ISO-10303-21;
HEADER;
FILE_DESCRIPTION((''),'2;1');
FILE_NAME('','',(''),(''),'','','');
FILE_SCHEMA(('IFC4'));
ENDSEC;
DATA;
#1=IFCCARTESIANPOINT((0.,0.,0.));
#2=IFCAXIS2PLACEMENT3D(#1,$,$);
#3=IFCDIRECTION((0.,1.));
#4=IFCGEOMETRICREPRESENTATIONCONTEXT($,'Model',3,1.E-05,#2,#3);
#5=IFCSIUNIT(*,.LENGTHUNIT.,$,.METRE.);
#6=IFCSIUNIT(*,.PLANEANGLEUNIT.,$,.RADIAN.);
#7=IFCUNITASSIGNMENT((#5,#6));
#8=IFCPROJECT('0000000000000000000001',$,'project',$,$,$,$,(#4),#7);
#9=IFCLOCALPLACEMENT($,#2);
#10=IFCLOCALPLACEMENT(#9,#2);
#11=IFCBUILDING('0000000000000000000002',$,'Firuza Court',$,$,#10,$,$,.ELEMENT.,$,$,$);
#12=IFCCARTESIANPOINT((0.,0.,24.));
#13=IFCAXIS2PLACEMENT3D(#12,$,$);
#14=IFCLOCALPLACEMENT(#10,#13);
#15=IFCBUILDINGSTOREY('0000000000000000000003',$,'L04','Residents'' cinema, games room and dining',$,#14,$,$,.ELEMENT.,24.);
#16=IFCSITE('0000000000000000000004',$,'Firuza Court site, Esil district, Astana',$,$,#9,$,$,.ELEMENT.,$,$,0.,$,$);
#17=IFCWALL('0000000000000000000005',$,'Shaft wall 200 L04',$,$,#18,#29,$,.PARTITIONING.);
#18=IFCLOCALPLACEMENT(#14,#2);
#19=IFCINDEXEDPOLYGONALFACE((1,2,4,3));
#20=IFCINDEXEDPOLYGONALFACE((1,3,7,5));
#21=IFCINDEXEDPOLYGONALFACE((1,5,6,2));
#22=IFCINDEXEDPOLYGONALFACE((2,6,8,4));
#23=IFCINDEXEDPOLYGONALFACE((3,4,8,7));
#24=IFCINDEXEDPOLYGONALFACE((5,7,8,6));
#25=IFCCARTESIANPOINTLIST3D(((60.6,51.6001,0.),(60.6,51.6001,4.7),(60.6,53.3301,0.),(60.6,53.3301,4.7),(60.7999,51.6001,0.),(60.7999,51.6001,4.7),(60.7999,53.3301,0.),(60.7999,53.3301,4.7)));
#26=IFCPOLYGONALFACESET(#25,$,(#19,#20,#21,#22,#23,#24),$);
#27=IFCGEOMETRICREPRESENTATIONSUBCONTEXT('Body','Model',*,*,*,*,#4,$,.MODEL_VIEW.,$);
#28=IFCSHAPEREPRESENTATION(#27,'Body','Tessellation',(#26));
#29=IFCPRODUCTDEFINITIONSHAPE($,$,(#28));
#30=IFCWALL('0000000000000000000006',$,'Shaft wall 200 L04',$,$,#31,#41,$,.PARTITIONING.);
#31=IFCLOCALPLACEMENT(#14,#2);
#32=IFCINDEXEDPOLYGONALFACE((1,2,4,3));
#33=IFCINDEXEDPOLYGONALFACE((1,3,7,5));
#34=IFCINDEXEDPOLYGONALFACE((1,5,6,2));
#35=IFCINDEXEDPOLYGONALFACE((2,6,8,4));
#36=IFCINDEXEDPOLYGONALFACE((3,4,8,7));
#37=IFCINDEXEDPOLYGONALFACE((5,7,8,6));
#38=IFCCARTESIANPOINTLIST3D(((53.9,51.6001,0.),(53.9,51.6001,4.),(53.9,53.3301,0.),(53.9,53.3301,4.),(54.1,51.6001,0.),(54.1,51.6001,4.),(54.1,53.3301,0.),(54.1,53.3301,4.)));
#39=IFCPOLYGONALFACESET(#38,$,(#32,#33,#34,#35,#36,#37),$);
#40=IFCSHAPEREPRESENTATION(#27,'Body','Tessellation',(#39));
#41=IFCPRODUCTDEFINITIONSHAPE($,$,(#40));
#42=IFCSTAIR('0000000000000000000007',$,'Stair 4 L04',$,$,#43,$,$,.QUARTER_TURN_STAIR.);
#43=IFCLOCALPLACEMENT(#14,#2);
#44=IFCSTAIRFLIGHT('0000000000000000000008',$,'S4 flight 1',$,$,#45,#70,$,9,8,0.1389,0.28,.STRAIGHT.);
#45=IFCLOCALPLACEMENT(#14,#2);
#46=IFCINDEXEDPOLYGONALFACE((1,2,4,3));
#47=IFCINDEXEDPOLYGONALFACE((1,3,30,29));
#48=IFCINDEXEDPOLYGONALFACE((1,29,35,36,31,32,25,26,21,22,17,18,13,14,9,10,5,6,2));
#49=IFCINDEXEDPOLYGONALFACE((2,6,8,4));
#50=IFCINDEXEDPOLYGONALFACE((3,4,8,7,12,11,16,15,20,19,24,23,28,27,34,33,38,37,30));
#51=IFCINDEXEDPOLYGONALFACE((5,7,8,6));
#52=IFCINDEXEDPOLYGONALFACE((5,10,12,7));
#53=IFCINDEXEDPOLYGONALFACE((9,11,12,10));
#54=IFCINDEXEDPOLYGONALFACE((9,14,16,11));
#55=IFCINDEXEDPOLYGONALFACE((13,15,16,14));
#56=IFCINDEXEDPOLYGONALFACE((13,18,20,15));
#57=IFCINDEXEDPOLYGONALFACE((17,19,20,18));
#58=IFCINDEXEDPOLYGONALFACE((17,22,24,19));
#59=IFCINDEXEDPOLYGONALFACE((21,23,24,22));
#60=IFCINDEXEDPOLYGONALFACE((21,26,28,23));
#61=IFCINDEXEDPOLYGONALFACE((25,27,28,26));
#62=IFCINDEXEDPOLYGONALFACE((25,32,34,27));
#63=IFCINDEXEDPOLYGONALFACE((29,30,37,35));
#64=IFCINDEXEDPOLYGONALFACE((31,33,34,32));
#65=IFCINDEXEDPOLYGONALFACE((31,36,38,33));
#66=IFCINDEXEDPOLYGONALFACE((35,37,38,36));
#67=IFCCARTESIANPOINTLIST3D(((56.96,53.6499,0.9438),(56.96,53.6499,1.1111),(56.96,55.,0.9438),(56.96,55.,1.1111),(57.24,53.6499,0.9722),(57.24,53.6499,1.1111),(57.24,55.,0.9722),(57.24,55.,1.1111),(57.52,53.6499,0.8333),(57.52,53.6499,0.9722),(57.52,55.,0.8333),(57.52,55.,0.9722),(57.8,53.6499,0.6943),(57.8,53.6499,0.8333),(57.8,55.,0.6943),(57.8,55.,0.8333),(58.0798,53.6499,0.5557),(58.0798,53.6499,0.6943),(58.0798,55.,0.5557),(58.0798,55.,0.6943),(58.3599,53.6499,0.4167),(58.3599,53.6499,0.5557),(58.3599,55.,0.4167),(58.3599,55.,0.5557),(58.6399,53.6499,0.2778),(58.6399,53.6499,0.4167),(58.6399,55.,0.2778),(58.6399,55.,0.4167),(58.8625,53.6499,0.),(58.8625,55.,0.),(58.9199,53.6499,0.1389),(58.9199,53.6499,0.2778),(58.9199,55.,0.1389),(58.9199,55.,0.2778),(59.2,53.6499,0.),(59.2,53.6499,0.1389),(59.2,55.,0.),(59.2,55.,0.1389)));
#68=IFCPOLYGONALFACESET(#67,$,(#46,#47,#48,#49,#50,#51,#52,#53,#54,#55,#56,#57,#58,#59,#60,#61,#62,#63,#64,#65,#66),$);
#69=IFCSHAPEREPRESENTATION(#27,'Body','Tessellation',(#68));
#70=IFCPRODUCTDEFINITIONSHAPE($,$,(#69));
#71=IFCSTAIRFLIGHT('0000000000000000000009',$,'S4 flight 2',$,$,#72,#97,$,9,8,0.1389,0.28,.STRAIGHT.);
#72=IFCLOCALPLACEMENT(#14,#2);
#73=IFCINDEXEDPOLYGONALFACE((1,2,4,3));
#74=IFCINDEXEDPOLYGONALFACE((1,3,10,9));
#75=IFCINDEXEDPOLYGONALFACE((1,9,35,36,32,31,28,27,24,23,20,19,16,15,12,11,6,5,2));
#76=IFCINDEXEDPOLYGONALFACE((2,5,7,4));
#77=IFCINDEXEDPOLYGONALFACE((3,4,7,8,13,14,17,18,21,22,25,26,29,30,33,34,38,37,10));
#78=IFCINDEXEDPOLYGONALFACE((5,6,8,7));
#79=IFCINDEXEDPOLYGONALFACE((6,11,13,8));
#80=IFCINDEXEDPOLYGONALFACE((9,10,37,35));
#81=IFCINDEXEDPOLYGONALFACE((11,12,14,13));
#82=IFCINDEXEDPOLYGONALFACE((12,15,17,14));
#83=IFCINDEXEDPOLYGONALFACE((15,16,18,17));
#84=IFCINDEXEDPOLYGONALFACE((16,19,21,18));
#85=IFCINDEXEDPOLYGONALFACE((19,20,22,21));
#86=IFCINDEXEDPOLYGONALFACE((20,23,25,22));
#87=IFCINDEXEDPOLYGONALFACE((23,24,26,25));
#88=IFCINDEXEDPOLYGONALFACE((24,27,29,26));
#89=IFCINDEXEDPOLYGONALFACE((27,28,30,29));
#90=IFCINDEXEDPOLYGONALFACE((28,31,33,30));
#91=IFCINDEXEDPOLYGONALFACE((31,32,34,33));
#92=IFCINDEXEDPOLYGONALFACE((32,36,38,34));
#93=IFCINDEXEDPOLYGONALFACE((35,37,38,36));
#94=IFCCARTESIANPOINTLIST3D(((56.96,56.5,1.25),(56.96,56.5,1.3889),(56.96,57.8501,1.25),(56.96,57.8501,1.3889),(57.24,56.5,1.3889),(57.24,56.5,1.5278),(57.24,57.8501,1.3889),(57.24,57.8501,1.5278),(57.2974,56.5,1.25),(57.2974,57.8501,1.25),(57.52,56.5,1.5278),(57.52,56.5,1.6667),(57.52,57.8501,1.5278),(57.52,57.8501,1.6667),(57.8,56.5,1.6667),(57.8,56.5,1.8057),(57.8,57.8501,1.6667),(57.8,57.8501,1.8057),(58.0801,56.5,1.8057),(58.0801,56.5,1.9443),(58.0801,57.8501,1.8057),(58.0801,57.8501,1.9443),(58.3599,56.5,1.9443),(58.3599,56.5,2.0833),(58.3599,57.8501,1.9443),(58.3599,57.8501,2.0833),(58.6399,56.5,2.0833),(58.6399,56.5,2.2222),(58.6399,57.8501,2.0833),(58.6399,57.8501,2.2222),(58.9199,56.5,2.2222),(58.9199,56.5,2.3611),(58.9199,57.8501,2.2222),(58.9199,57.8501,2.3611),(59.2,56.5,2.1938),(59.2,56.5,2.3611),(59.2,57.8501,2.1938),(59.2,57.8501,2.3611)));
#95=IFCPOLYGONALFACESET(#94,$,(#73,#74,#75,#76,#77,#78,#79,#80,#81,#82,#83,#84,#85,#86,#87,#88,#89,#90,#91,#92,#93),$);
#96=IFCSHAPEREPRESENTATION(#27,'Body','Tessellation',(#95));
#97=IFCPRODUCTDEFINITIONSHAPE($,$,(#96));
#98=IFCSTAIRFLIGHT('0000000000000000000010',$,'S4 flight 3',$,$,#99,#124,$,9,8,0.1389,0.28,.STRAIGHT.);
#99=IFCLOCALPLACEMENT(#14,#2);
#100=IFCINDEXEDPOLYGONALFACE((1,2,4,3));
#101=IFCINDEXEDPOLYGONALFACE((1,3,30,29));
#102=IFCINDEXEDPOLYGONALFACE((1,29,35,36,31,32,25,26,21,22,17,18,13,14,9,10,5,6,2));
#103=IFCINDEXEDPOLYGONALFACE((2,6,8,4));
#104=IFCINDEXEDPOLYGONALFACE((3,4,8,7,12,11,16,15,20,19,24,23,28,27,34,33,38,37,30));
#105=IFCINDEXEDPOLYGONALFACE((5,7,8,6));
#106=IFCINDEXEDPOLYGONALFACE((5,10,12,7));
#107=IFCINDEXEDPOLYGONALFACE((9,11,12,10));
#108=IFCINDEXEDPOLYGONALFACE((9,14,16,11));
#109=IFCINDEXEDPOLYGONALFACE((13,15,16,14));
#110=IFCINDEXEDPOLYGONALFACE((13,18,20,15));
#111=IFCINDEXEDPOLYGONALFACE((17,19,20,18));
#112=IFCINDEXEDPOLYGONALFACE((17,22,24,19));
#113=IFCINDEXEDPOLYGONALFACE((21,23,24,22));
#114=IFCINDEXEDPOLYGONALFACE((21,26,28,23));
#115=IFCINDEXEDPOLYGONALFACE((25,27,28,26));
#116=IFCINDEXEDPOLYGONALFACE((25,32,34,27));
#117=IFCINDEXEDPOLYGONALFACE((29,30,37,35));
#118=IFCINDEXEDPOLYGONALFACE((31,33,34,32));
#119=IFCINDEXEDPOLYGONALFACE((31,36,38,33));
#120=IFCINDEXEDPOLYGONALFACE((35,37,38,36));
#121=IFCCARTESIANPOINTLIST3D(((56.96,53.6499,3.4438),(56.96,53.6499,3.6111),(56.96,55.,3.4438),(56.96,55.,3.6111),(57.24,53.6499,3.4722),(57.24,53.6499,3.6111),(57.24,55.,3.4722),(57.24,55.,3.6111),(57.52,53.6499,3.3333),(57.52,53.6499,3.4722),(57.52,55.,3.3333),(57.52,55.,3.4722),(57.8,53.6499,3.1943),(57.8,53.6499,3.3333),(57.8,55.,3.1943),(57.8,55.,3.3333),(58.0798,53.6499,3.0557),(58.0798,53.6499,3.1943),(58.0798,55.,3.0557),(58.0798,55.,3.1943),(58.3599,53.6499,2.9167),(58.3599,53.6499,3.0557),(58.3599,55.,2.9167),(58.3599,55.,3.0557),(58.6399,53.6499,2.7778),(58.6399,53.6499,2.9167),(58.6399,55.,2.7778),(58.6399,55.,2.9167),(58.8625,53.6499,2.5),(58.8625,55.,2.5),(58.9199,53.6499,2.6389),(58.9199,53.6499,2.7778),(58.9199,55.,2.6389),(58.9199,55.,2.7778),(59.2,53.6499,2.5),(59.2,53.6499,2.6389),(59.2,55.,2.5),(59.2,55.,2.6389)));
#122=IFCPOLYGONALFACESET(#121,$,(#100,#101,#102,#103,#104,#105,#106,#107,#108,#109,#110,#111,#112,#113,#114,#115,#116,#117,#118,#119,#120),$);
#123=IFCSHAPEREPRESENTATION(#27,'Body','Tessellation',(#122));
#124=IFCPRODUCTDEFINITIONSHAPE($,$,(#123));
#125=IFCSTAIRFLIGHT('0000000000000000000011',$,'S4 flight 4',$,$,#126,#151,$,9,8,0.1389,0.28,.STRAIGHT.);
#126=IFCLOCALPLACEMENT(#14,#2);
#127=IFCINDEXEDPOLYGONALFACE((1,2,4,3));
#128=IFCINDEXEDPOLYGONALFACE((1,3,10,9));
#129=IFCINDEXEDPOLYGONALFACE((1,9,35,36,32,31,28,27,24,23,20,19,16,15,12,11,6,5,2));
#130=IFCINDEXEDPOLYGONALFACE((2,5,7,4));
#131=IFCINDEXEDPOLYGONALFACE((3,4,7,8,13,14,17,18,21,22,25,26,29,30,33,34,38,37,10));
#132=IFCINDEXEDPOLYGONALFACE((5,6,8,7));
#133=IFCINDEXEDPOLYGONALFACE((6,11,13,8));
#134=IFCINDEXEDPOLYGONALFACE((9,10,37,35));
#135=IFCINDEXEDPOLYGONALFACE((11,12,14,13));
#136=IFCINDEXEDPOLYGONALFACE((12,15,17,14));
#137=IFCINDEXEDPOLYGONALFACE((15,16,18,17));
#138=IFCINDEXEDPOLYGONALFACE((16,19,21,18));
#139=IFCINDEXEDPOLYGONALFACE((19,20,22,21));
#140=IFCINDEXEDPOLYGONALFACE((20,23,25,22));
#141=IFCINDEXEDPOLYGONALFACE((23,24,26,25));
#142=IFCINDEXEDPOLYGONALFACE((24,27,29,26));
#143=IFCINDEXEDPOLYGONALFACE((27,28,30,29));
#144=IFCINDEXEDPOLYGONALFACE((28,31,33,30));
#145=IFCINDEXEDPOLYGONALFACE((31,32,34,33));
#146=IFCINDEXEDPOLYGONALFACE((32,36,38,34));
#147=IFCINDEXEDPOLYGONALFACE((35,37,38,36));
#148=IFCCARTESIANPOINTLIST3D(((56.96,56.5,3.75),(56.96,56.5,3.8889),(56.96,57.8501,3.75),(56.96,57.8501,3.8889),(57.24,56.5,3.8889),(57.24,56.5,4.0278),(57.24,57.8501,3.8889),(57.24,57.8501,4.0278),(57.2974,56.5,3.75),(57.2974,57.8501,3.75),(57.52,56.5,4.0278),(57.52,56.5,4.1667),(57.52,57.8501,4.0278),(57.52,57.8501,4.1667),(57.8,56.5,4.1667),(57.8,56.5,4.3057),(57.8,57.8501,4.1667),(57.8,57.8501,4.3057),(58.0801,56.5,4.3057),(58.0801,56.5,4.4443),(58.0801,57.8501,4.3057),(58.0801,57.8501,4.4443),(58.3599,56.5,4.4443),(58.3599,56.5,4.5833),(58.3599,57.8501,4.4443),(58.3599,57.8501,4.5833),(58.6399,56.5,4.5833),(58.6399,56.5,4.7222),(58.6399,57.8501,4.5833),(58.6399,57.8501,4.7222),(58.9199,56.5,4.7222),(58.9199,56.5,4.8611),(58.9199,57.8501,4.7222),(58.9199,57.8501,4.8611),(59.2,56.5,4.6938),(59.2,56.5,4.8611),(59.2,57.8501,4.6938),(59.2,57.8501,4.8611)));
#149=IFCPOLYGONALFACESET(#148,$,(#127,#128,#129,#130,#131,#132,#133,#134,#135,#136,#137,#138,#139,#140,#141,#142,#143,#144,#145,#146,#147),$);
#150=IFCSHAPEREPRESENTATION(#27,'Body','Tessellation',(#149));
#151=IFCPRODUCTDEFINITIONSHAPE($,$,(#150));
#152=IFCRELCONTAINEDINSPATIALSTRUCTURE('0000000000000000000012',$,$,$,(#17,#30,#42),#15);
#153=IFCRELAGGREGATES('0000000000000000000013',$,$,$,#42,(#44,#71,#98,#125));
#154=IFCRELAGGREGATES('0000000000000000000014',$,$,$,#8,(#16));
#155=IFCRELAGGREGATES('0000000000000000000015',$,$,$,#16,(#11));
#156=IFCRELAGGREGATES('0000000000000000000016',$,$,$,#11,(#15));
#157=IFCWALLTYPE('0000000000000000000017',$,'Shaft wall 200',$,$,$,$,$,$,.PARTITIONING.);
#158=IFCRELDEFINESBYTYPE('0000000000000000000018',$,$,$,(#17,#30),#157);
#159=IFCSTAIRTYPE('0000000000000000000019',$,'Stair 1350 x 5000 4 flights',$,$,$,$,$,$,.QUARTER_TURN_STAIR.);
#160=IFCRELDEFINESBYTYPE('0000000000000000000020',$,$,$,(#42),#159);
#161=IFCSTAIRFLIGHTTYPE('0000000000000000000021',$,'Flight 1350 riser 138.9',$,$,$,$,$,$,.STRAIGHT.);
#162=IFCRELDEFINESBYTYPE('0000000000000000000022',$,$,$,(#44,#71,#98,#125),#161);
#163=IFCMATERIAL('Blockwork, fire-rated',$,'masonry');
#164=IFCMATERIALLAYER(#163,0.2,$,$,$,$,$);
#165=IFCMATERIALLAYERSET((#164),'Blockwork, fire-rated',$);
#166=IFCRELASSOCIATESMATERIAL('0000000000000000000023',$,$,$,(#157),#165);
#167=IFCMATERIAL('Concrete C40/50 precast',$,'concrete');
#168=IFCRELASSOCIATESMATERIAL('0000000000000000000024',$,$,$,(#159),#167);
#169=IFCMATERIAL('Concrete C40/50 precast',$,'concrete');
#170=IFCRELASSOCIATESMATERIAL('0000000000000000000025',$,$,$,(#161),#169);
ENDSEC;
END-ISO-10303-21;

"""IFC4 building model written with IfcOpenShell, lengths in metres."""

from ifc_helpers import new_model, si_unit, direction, frame, frame_2d, origin, place, context, subcontext, project, spatial, polyline, rectangle, outline, extrude, material, layer, layer_set, type_object, element, aggregate, save


model = new_model("IFC4")

# Units and contexts
model_context = context("Model", 3, precision=1e-05, world=origin(), true_north=direction((0.0, 1.0)))
body_context = subcontext(model_context, "Body", "Model", "MODEL_VIEW")
ifc_project = project(units=[si_unit("LENGTHUNIT", "METRE"), si_unit("PLANEANGLEUNIT", "RADIAN")], contexts=[model_context])

# Site, building, storey
site_placement = place(None, origin())
site = spatial("IfcSite", under=ifc_project, at=site_placement, Name="Firuza Court site, Esil district, Astana", CompositionType="ELEMENT", RefElevation=0.0)
building_placement = place(site_placement, origin())
building = spatial("IfcBuilding", under=site, at=building_placement, Name="Firuza Court", CompositionType="ELEMENT")
storey_placement = place(building_placement, frame((0.0, 0.0, 24.0)))
storey = spatial("IfcBuildingStorey", under=building, at=storey_placement, Name="L04", Description="Residents' cinema, games room and dining", CompositionType="ELEMENT", Elevation=24.0)

# Shared definitions
ifc_material_1 = material(Name="Blockwork, fire-rated", Category="masonry")
ifc_layer_1 = layer(ifc_material_1, 0.2)
ifc_layer_set_1 = layer_set([ifc_layer_1], Name="Blockwork, fire-rated")
wall_type_1 = type_object("IfcWallType", Name="Shaft wall 200", PredefinedType="PARTITIONING", material=ifc_layer_set_1)

# Walls
wall_1_placement = place(storey_placement, frame((60.7, 51.6001, 0.0), z_axis=(0.0, 0.0, 1.0), x_axis=(0.0, 1.0, 0.0)))
element("IfcWall", 1, at=wall_1_placement, inside=storey, type_object=wall_type_1, Name="Shaft wall 200 L04", PredefinedType="PARTITIONING", context=body_context, shape_type="SweptSolid", body=[
    extrude(rectangle(XDim=1.73, YDim=0.2, at=frame_2d((0.865, 0.0))), origin(), (0.0, 0.0, 1.0), 4.7),
])
wall_2_placement = place(storey_placement, frame((54.0, 51.6001, 0.0), z_axis=(0.0, 0.0, 1.0), x_axis=(0.0, 1.0, 0.0)))
element("IfcWall", 2, at=wall_2_placement, inside=storey, type_object=wall_type_1, Name="Shaft wall 200 L04", PredefinedType="PARTITIONING", context=body_context, shape_type="SweptSolid", body=[
    extrude(rectangle(XDim=1.73, YDim=0.2, at=frame_2d((0.865, 0.0))), origin(), (0.0, 0.0, 1.0), 4.0),
])

# Stair, stair flights
ifc_material_2 = material(Name="Concrete C40/50 precast", Category="concrete")
stair_type = type_object("IfcStairType", Name="Stair 1350 x 5000 4 flights", PredefinedType="QUARTER_TURN_STAIR", material=ifc_material_2)
stair_placement = place(storey_placement, origin())
stair = element("IfcStair", 3, at=stair_placement, inside=storey, type_object=stair_type, Name="Stair 4 L04", PredefinedType="QUARTER_TURN_STAIR")
ifc_material_3 = material(Name="Concrete C40/50 precast", Category="concrete")
stair_flight_type = type_object("IfcStairFlightType", Name="Flight 1350 riser 138.9", PredefinedType="STRAIGHT", material=ifc_material_3)
stair_flight_1_placement = place(storey_placement, frame((59.2, 54.325, 0.0), z_axis=(0.0, 0.0, 1.0), x_axis=(-1.0, 0.0, 0.0)))
stair_flight_1 = element("IfcStairFlight", 4, at=stair_flight_1_placement, type_object=stair_flight_type, Name="S4 flight 1", NumberOfRisers=9, NumberOfTreads=8, PredefinedType="STRAIGHT", RiserHeight=0.1389, TreadLength=0.28, context=body_context, shape_type="SweptSolid", body=[
    extrude(outline(polyline([(0.0, 0.0), (0.0, 0.1389), (0.28, 0.1389), (0.28, 0.2778), (0.5601, 0.2778), (0.5601, 0.4167), (0.8401, 0.4167), (0.8401, 0.5557), (1.1201, 0.5557), (1.1201, 0.6943), (1.3999, 0.6943), (1.3999, 0.8333), (1.6799, 0.8333), (1.6799, 0.9722), (1.96, 0.9722), (1.96, 1.1111), (2.24, 1.1111), (2.24, 1.25), (2.24, 0.9438), (0.3374, 0.0), (0.0, 0.0)])), frame((0.0, 0.675, 0.0), z_axis=(0.0, -1.0, 0.0), x_axis=(1.0, 0.0, 0.0)), (0.0, 0.0, 1.0), 1.3501),
])
stair_flight_2_placement = place(storey_placement, frame((56.96, 57.175, 1.25), z_axis=(0.0, 0.0, 1.0), x_axis=(1.0, 0.0, 0.0)))
stair_flight_2 = element("IfcStairFlight", 5, at=stair_flight_2_placement, type_object=stair_flight_type, Name="S4 flight 2", NumberOfRisers=9, NumberOfTreads=8, PredefinedType="STRAIGHT", RiserHeight=0.1389, TreadLength=0.28, context=body_context, shape_type="SweptSolid", body=[
    extrude(outline(polyline([(0.0, 0.0), (0.0, 0.1389), (0.28, 0.1389), (0.28, 0.2778), (0.5601, 0.2778), (0.5601, 0.4167), (0.8401, 0.4167), (0.8401, 0.5557), (1.1201, 0.5557), (1.1201, 0.6943), (1.3999, 0.6943), (1.3999, 0.8333), (1.6799, 0.8333), (1.6799, 0.9722), (1.96, 0.9722), (1.96, 1.1111), (2.24, 1.1111), (2.24, 1.25), (2.24, 0.9438), (0.3374, 0.0), (0.0, 0.0)])), frame((0.0, 0.675, 0.0), z_axis=(0.0, -1.0, 0.0), x_axis=(1.0, 0.0, 0.0)), (0.0, 0.0, 1.0), 1.3501),
])
stair_flight_3_placement = place(storey_placement, frame((59.2, 54.325, 2.5), z_axis=(0.0, 0.0, 1.0), x_axis=(-1.0, 0.0, 0.0)))
stair_flight_3 = element("IfcStairFlight", 6, at=stair_flight_3_placement, type_object=stair_flight_type, Name="S4 flight 3", NumberOfRisers=9, NumberOfTreads=8, PredefinedType="STRAIGHT", RiserHeight=0.1389, TreadLength=0.28, context=body_context, shape_type="SweptSolid", body=[
    extrude(outline(polyline([(0.0, 0.0), (0.0, 0.1389), (0.28, 0.1389), (0.28, 0.2778), (0.5601, 0.2778), (0.5601, 0.4167), (0.8401, 0.4167), (0.8401, 0.5557), (1.1201, 0.5557), (1.1201, 0.6943), (1.3999, 0.6943), (1.3999, 0.8333), (1.6799, 0.8333), (1.6799, 0.9722), (1.96, 0.9722), (1.96, 1.1111), (2.24, 1.1111), (2.24, 1.25), (2.24, 0.9438), (0.3374, 0.0), (0.0, 0.0)])), frame((0.0, 0.675, 0.0), z_axis=(0.0, -1.0, 0.0), x_axis=(1.0, 0.0, 0.0)), (0.0, 0.0, 1.0), 1.3501),
])
stair_flight_4_placement = place(storey_placement, frame((56.96, 57.175, 3.75), z_axis=(0.0, 0.0, 1.0), x_axis=(1.0, 0.0, 0.0)))
stair_flight_4 = element("IfcStairFlight", 7, at=stair_flight_4_placement, type_object=stair_flight_type, Name="S4 flight 4", NumberOfRisers=9, NumberOfTreads=8, PredefinedType="STRAIGHT", RiserHeight=0.1389, TreadLength=0.28, context=body_context, shape_type="SweptSolid", body=[
    extrude(outline(polyline([(0.0, 0.0), (0.0, 0.1389), (0.28, 0.1389), (0.28, 0.2778), (0.5601, 0.2778), (0.5601, 0.4167), (0.8401, 0.4167), (0.8401, 0.5557), (1.1201, 0.5557), (1.1201, 0.6943), (1.3999, 0.6943), (1.3999, 0.8333), (1.6799, 0.8333), (1.6799, 0.9722), (1.96, 0.9722), (1.96, 1.1111), (2.24, 1.1111), (2.24, 1.25), (2.24, 0.9438), (0.3374, 0.0), (0.0, 0.0)])), frame((0.0, 0.675, 0.0), z_axis=(0.0, -1.0, 0.0), x_axis=(1.0, 0.0, 0.0)), (0.0, 0.0, 1.0), 1.3501),
])
aggregate(stair, [stair_flight_1, stair_flight_2, stair_flight_3, stair_flight_4])

save(model, "model.ifc")
